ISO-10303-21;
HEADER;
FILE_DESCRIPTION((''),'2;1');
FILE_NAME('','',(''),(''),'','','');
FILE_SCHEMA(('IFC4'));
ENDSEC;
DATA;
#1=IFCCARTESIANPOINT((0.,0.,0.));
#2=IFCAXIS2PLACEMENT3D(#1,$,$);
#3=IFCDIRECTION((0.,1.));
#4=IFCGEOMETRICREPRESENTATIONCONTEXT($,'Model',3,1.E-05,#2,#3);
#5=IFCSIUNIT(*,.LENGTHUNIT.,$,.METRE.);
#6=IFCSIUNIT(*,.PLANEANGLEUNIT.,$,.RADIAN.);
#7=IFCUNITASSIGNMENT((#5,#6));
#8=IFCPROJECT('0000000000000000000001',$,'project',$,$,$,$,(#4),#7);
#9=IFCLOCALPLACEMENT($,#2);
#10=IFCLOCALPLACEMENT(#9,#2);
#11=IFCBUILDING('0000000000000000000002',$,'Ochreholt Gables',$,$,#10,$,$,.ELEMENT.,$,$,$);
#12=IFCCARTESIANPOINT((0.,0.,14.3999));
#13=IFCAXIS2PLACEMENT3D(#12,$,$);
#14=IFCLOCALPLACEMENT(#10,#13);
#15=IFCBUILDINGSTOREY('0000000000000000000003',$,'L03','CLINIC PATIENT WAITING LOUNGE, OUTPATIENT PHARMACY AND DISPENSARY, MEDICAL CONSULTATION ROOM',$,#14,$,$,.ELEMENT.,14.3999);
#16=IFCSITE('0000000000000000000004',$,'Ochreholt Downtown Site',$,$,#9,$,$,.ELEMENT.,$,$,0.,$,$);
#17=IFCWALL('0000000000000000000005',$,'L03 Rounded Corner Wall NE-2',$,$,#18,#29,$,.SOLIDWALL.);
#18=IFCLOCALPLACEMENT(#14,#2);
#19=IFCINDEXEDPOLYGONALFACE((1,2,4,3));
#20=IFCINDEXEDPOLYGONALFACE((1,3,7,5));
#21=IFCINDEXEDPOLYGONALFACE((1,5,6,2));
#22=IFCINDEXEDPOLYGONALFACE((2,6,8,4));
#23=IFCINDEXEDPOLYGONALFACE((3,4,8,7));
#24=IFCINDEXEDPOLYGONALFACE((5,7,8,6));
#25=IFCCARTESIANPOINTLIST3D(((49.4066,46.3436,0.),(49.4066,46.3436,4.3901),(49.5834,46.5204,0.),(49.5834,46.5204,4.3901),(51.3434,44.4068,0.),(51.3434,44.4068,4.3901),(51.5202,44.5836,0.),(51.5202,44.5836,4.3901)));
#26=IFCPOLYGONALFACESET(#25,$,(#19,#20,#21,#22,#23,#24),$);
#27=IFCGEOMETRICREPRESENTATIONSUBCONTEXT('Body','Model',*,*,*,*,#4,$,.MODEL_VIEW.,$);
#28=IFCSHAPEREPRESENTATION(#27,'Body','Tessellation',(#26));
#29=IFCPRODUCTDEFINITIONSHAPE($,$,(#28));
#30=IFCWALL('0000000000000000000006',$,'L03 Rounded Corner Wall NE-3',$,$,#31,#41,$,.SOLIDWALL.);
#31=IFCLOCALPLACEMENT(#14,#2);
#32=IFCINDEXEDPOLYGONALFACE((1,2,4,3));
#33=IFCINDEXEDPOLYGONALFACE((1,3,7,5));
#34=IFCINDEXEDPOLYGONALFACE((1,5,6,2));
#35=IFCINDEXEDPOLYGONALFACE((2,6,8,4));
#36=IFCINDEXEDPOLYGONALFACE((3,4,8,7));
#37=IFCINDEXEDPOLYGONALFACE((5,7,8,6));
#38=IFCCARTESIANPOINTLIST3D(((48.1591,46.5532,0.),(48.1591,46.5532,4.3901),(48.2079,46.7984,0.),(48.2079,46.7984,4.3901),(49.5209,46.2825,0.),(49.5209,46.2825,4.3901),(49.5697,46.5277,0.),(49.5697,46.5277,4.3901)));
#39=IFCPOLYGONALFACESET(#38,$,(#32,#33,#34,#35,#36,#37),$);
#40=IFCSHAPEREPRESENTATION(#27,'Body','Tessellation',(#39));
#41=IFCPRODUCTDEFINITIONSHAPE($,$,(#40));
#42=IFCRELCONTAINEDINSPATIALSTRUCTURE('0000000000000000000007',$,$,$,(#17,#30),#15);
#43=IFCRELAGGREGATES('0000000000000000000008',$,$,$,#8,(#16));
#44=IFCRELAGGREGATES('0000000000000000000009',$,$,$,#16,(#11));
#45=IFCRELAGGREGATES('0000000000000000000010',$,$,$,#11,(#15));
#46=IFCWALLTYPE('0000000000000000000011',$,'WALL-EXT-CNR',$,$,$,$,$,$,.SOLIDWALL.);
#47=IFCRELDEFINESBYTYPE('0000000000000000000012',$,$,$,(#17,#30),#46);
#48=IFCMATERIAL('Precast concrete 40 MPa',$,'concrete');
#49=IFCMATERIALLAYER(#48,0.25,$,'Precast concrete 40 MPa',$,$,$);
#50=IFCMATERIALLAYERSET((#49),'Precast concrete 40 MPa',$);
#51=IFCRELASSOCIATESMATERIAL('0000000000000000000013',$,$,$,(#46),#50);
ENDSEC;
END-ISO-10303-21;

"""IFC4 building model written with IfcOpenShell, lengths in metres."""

from ifc_helpers import new_model, si_unit, direction, frame, frame_2d, origin, place, context, subcontext, project, spatial, rectangle, extrude, material, layer, layer_set, type_object, element, save


model = new_model("IFC4")

# Units and contexts
model_context = context("Model", 3, precision=1e-05, world=origin(), true_north=direction((0.0, 1.0)))
body_context = subcontext(model_context, "Body", "Model", "MODEL_VIEW")
ifc_project = project(units=[si_unit("LENGTHUNIT", "METRE"), si_unit("PLANEANGLEUNIT", "RADIAN")], contexts=[model_context])

# Site, building, storey
site_placement = place(None, origin())
site = spatial("IfcSite", under=ifc_project, at=site_placement, Name="Ochreholt Downtown Site", CompositionType="ELEMENT", RefElevation=0.0)
building_placement = place(site_placement, origin())
building = spatial("IfcBuilding", under=site, at=building_placement, Name="Ochreholt Gables", CompositionType="ELEMENT")
storey_placement = place(building_placement, frame((0.0, 0.0, 14.3999)))
storey = spatial("IfcBuildingStorey", under=building, at=storey_placement, Name="L03", Description="CLINIC PATIENT WAITING LOUNGE, OUTPATIENT PHARMACY AND DISPENSARY, MEDICAL CONSULTATION ROOM", CompositionType="ELEMENT", Elevation=14.3999)

# Shared definitions
ifc_material_1 = material(Name="Precast concrete 40 MPa", Category="concrete")

# Walls
ifc_layer_1 = layer(ifc_material_1, 0.25, Name="Precast concrete 40 MPa")
ifc_layer_set_1 = layer_set([ifc_layer_1], Name="Precast concrete 40 MPa")
wall_type_1 = type_object("IfcWallType", Name="WALL-EXT-CNR", PredefinedType="SOLIDWALL", material=ifc_layer_set_1)
wall_1_placement = place(storey_placement, frame((51.4319, 44.4951, 0.0), z_axis=(0.0, 0.0, 1.0), x_axis=(-0.707107, 0.707107, 0.0)))
element("IfcWall", 1, at=wall_1_placement, inside=storey, type_object=wall_type_1, Name="L03 Rounded Corner Wall NE-2", PredefinedType="SOLIDWALL", context=body_context, shape_type="SweptSolid", body=[
    extrude(rectangle(XDim=2.739, YDim=0.25, at=frame_2d((1.3696, 0.0))), origin(), (0.0, 0.0, 1.0), 4.3901),
])
wall_2_placement = place(storey_placement, frame((49.5454, 46.405, 0.0), z_axis=(0.0, 0.0, 1.0), x_axis=(-0.980803, 0.195, 0.0)))
element("IfcWall", 2, at=wall_2_placement, inside=storey, type_object=wall_type_1, Name="L03 Rounded Corner Wall NE-3", PredefinedType="SOLIDWALL", context=body_context, shape_type="SweptSolid", body=[
    extrude(rectangle(XDim=1.3884, YDim=0.25, at=frame_2d((0.6943, 0.0))), origin(), (0.0, 0.0, 1.0), 4.3901),
])

save(model, "model.ifc")
